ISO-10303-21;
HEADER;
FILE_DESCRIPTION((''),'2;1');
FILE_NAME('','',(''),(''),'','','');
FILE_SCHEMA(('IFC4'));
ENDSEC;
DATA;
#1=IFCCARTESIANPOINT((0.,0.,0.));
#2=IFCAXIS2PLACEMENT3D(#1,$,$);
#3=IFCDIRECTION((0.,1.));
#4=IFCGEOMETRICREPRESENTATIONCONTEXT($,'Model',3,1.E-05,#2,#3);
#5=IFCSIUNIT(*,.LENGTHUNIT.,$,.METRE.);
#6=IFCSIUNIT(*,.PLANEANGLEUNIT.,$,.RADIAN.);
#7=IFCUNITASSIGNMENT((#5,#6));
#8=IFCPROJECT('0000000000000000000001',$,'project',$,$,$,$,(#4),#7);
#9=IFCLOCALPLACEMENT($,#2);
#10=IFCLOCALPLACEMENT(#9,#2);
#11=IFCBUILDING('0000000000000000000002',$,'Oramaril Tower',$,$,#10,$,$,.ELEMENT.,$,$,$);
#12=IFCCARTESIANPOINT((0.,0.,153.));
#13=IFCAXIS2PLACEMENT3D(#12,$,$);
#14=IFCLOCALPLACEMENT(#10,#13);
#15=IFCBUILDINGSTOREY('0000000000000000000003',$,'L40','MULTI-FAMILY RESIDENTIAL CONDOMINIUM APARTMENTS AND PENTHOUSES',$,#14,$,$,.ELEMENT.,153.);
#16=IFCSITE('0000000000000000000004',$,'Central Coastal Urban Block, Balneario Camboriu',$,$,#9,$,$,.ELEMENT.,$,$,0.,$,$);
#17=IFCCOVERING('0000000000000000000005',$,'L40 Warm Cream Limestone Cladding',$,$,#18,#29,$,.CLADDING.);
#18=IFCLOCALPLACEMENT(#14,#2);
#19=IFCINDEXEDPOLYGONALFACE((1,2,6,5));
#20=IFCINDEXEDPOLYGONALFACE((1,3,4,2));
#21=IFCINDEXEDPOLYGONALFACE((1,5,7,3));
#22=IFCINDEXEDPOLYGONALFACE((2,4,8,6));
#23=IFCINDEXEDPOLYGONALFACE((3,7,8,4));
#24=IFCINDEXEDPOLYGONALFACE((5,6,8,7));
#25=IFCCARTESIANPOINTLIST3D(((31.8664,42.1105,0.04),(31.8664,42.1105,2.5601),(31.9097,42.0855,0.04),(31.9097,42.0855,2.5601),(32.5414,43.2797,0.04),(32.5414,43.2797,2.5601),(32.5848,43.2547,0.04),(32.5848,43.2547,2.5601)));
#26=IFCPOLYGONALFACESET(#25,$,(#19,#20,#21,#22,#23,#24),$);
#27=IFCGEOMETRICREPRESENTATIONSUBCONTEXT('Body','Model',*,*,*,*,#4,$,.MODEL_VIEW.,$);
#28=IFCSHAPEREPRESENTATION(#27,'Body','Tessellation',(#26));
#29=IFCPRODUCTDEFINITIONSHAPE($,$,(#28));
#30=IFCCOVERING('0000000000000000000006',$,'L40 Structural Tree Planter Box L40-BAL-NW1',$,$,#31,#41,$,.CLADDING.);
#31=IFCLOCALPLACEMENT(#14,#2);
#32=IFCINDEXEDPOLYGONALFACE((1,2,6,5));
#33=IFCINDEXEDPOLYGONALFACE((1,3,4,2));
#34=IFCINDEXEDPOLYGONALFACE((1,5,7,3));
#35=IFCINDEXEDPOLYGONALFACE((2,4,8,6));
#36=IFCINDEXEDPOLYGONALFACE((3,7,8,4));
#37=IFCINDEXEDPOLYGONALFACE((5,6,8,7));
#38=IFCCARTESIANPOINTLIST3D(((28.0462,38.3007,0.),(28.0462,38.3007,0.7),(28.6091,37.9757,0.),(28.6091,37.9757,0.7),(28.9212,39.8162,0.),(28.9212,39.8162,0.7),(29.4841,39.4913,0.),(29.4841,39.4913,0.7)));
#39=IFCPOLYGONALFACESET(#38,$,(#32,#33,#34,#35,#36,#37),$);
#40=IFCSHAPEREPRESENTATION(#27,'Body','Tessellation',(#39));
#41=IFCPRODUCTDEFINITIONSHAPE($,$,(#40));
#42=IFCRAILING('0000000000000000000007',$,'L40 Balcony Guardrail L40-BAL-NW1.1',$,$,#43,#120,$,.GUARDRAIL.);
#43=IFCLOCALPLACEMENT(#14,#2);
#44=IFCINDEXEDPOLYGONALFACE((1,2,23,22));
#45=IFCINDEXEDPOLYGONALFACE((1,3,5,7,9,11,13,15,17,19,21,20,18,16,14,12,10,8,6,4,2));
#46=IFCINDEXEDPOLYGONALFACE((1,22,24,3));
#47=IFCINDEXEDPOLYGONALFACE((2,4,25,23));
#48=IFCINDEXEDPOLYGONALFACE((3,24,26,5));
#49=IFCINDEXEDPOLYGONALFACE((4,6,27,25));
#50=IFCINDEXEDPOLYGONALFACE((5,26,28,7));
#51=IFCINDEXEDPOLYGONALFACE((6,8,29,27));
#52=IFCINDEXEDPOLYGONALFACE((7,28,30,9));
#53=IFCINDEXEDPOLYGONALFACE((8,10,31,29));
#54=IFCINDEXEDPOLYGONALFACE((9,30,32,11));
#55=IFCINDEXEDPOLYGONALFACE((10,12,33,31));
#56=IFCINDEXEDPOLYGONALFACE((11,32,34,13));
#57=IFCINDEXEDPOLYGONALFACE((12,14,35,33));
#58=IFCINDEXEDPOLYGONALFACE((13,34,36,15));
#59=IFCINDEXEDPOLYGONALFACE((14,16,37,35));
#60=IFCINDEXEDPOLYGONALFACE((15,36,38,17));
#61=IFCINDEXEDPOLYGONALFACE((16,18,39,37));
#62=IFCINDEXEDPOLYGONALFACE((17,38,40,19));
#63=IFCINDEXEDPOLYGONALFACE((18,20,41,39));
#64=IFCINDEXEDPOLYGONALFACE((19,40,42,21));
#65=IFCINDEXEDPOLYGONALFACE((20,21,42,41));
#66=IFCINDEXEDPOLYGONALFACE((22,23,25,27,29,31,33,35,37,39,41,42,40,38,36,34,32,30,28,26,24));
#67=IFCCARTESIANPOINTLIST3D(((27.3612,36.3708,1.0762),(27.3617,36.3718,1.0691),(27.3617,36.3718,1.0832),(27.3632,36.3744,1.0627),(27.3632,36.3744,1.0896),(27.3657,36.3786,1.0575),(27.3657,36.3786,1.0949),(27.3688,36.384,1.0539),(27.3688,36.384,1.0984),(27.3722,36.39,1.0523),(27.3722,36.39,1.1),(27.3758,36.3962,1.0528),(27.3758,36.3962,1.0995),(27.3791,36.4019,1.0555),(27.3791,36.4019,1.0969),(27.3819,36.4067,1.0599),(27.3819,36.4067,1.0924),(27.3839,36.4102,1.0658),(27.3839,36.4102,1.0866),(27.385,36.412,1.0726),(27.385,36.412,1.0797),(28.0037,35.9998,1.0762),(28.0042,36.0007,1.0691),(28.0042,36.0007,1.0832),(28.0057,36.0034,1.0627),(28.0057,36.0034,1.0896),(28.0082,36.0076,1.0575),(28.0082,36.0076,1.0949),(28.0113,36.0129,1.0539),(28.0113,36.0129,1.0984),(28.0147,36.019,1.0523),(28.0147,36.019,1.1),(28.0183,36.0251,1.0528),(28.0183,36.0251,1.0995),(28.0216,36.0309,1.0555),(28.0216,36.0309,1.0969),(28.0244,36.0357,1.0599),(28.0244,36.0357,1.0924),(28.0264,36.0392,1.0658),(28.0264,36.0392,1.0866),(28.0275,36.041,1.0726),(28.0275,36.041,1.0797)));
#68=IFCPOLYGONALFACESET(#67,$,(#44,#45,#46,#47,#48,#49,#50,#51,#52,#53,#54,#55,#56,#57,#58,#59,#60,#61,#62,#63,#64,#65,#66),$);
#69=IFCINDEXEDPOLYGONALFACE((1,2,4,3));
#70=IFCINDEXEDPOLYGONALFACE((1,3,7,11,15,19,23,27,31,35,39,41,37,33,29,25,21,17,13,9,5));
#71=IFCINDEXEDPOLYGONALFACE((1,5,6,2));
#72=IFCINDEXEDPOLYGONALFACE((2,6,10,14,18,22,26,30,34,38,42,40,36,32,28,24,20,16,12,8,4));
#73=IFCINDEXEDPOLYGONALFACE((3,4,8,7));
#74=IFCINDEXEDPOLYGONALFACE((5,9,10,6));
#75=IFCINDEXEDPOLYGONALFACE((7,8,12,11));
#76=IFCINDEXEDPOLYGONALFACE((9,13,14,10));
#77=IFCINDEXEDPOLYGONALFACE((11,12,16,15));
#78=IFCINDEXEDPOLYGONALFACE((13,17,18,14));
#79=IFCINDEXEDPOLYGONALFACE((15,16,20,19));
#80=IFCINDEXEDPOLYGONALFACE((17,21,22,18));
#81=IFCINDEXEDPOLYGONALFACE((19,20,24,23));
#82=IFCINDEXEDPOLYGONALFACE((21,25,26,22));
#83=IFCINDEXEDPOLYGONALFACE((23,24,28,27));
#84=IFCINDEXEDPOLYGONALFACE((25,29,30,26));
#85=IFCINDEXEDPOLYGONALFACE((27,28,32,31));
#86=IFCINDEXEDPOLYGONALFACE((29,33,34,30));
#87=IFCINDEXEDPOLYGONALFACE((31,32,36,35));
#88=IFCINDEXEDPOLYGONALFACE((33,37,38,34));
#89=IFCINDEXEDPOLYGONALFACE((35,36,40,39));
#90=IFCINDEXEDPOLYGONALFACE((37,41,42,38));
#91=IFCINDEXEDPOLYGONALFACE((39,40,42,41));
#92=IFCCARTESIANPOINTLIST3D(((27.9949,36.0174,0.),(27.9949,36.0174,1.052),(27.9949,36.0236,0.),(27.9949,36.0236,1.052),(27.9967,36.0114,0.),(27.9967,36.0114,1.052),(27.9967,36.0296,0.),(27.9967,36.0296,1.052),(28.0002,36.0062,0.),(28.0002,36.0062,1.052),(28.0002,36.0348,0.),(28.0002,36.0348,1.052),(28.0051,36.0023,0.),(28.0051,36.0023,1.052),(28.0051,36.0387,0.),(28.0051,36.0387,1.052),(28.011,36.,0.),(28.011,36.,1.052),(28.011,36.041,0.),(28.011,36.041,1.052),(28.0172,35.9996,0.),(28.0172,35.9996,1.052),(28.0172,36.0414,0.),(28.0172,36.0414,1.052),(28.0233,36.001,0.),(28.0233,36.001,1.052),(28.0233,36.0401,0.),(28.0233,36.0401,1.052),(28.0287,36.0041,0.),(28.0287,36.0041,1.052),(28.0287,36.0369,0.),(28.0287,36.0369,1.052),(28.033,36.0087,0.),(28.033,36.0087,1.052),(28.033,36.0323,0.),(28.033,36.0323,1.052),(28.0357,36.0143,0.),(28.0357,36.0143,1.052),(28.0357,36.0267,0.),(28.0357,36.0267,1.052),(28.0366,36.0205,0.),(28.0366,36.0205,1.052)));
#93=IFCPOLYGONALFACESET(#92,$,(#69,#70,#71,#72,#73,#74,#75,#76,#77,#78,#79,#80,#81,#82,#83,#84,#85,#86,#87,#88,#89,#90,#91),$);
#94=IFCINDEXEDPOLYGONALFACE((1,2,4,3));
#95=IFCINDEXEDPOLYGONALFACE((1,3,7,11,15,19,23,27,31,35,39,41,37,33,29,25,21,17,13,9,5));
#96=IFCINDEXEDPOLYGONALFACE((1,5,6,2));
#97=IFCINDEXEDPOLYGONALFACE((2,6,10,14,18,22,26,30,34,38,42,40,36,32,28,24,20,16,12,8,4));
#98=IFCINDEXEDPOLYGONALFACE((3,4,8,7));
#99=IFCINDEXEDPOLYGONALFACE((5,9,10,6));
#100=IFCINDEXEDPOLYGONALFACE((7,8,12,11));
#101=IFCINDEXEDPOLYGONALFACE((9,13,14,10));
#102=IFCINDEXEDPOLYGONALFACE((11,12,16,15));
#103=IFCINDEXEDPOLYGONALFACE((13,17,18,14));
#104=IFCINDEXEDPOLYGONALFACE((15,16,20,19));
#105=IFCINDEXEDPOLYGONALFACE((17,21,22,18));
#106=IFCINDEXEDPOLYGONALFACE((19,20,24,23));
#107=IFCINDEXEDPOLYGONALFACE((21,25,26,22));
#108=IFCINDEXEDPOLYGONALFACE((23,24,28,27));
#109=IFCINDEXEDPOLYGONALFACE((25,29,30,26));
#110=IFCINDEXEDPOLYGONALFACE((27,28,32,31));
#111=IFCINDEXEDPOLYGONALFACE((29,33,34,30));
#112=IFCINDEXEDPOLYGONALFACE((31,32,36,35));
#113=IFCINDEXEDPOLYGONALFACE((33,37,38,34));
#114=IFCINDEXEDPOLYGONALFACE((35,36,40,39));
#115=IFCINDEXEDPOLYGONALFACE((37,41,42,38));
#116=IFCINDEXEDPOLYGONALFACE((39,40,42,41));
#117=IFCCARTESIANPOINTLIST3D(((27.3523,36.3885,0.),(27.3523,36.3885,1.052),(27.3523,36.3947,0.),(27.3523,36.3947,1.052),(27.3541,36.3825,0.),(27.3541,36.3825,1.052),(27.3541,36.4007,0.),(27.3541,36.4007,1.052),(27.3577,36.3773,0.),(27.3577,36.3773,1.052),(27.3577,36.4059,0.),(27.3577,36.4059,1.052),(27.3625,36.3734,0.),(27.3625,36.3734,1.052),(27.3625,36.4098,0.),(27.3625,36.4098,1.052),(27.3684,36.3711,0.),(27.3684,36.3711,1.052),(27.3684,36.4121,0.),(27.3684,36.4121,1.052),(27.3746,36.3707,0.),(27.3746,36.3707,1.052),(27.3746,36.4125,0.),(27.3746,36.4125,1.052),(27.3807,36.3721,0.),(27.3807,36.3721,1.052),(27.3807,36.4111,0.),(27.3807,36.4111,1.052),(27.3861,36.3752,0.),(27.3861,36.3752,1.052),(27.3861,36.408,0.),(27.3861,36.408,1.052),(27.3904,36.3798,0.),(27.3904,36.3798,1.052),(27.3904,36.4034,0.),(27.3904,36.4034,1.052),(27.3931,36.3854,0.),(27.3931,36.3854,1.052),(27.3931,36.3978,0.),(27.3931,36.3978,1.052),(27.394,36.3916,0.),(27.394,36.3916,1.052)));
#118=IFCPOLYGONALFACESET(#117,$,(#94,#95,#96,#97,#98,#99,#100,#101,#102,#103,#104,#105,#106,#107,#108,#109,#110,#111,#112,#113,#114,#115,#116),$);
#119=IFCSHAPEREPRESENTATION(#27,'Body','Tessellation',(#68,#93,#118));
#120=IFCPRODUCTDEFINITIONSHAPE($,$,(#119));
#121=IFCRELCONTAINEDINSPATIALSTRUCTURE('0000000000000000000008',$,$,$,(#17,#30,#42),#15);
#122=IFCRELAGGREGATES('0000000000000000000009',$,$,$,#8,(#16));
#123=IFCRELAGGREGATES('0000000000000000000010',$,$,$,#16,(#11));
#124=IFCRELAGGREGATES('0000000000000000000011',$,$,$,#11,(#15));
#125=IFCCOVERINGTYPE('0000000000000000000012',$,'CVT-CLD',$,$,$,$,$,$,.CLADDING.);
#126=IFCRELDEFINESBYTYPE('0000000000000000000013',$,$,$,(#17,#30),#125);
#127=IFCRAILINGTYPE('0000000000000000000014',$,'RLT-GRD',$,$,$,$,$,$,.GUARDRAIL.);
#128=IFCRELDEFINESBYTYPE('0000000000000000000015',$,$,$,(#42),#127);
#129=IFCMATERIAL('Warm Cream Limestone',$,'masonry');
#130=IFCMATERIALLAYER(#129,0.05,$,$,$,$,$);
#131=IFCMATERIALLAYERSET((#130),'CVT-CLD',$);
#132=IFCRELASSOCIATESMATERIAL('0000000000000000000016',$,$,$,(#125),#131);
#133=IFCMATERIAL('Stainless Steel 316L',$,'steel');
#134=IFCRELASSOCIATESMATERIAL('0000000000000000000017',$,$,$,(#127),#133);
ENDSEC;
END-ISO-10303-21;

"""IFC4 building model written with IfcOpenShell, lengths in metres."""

from ifc_helpers import new_model, si_unit, direction, frame, origin, origin_2d, place, context, subcontext, project, spatial, rectangle, circle, extrude, material, layer, layer_set, type_object, element, save


model = new_model("IFC4")

# Units and contexts
model_context = context("Model", 3, precision=1e-05, world=origin(), true_north=direction((0.0, 1.0)))
body_context = subcontext(model_context, "Body", "Model", "MODEL_VIEW")
ifc_project = project(units=[si_unit("LENGTHUNIT", "METRE"), si_unit("PLANEANGLEUNIT", "RADIAN")], contexts=[model_context])

# Site, building, storey
site_placement = place(None, origin())
site = spatial("IfcSite", under=ifc_project, at=site_placement, Name="Central Coastal Urban Block, Balneario Camboriu", CompositionType="ELEMENT", RefElevation=0.0)
building_placement = place(site_placement, origin())
building = spatial("IfcBuilding", under=site, at=building_placement, Name="Oramaril Tower", CompositionType="ELEMENT")
storey_placement = place(building_placement, frame((0.0, 0.0, 153.0)))
storey = spatial("IfcBuildingStorey", under=building, at=storey_placement, Name="L40", Description="MULTI-FAMILY RESIDENTIAL CONDOMINIUM APARTMENTS AND PENTHOUSES", CompositionType="ELEMENT", Elevation=153.0)

# Coverings
ifc_material_1 = material(Name="Warm Cream Limestone", Category="masonry")
ifc_layer_1 = layer(ifc_material_1, 0.05)
ifc_layer_set_1 = layer_set([ifc_layer_1], Name="CVT-CLD")
covering_type = type_object("IfcCoveringType", Name="CVT-CLD", PredefinedType="CLADDING", material=ifc_layer_set_1)
covering_1_placement = place(storey_placement, frame((32.2256, 42.6826, 0.04), z_axis=(0.0, 0.0, 1.0), x_axis=(-0.5, -0.866025, 0.0)))
element("IfcCovering", 1, at=covering_1_placement, inside=storey, type_object=covering_type, Name="L40 Warm Cream Limestone Cladding", PredefinedType="CLADDING", context=body_context, shape_type="SweptSolid", body=[
    extrude(rectangle(XDim=1.3501, YDim=0.05, at=origin_2d()), origin(), (0.0, 0.0, 1.0), 2.52),
])
covering_2_placement = place(storey_placement, frame((28.7651, 38.896, 0.0), z_axis=(0.0, 0.0, 1.0), x_axis=(-0.5, -0.866025, 0.0)))
element("IfcCovering", 2, at=covering_2_placement, inside=storey, type_object=covering_type, Name="L40 Structural Tree Planter Box L40-BAL-NW1", PredefinedType="CLADDING", context=body_context, shape_type="SweptSolid", body=[
    extrude(rectangle(XDim=1.75, YDim=0.6499, at=origin_2d()), origin(), (0.0, 0.0, 1.0), 0.7),
])

# Railing
ifc_material_2 = material(Name="Stainless Steel 316L", Category="steel")
railing_type = type_object("IfcRailingType", Name="RLT-GRD", PredefinedType="GUARDRAIL", material=ifc_material_2)
railing_1_placement = place(storey_placement, frame((28.0156, 36.0205, 0.0)))
element("IfcRailing", 3, at=railing_1_placement, inside=storey, type_object=railing_type, Name="L40 Balcony Guardrail L40-BAL-NW1.1", PredefinedType="GUARDRAIL", context=body_context, shape_type="SweptSolid", body=[
    extrude(circle(Radius=0.0239, at=origin_2d()), frame((0.0, 0.0, 1.0762), z_axis=(-0.865966, 0.500102, 0.0), x_axis=(-0.500102, -0.865966, 0.0)), (0.0, 0.0, 1.0), 0.7419),
    extrude(circle(Radius=0.021, at=origin_2d()), origin(), (0.0, 0.0, 1.0), 1.052),
    extrude(circle(Radius=0.021, at=origin_2d()), frame((-0.6426, 0.3711, 0.0)), (0.0, 0.0, 1.0), 1.052),
])

save(model, "model.ifc")
